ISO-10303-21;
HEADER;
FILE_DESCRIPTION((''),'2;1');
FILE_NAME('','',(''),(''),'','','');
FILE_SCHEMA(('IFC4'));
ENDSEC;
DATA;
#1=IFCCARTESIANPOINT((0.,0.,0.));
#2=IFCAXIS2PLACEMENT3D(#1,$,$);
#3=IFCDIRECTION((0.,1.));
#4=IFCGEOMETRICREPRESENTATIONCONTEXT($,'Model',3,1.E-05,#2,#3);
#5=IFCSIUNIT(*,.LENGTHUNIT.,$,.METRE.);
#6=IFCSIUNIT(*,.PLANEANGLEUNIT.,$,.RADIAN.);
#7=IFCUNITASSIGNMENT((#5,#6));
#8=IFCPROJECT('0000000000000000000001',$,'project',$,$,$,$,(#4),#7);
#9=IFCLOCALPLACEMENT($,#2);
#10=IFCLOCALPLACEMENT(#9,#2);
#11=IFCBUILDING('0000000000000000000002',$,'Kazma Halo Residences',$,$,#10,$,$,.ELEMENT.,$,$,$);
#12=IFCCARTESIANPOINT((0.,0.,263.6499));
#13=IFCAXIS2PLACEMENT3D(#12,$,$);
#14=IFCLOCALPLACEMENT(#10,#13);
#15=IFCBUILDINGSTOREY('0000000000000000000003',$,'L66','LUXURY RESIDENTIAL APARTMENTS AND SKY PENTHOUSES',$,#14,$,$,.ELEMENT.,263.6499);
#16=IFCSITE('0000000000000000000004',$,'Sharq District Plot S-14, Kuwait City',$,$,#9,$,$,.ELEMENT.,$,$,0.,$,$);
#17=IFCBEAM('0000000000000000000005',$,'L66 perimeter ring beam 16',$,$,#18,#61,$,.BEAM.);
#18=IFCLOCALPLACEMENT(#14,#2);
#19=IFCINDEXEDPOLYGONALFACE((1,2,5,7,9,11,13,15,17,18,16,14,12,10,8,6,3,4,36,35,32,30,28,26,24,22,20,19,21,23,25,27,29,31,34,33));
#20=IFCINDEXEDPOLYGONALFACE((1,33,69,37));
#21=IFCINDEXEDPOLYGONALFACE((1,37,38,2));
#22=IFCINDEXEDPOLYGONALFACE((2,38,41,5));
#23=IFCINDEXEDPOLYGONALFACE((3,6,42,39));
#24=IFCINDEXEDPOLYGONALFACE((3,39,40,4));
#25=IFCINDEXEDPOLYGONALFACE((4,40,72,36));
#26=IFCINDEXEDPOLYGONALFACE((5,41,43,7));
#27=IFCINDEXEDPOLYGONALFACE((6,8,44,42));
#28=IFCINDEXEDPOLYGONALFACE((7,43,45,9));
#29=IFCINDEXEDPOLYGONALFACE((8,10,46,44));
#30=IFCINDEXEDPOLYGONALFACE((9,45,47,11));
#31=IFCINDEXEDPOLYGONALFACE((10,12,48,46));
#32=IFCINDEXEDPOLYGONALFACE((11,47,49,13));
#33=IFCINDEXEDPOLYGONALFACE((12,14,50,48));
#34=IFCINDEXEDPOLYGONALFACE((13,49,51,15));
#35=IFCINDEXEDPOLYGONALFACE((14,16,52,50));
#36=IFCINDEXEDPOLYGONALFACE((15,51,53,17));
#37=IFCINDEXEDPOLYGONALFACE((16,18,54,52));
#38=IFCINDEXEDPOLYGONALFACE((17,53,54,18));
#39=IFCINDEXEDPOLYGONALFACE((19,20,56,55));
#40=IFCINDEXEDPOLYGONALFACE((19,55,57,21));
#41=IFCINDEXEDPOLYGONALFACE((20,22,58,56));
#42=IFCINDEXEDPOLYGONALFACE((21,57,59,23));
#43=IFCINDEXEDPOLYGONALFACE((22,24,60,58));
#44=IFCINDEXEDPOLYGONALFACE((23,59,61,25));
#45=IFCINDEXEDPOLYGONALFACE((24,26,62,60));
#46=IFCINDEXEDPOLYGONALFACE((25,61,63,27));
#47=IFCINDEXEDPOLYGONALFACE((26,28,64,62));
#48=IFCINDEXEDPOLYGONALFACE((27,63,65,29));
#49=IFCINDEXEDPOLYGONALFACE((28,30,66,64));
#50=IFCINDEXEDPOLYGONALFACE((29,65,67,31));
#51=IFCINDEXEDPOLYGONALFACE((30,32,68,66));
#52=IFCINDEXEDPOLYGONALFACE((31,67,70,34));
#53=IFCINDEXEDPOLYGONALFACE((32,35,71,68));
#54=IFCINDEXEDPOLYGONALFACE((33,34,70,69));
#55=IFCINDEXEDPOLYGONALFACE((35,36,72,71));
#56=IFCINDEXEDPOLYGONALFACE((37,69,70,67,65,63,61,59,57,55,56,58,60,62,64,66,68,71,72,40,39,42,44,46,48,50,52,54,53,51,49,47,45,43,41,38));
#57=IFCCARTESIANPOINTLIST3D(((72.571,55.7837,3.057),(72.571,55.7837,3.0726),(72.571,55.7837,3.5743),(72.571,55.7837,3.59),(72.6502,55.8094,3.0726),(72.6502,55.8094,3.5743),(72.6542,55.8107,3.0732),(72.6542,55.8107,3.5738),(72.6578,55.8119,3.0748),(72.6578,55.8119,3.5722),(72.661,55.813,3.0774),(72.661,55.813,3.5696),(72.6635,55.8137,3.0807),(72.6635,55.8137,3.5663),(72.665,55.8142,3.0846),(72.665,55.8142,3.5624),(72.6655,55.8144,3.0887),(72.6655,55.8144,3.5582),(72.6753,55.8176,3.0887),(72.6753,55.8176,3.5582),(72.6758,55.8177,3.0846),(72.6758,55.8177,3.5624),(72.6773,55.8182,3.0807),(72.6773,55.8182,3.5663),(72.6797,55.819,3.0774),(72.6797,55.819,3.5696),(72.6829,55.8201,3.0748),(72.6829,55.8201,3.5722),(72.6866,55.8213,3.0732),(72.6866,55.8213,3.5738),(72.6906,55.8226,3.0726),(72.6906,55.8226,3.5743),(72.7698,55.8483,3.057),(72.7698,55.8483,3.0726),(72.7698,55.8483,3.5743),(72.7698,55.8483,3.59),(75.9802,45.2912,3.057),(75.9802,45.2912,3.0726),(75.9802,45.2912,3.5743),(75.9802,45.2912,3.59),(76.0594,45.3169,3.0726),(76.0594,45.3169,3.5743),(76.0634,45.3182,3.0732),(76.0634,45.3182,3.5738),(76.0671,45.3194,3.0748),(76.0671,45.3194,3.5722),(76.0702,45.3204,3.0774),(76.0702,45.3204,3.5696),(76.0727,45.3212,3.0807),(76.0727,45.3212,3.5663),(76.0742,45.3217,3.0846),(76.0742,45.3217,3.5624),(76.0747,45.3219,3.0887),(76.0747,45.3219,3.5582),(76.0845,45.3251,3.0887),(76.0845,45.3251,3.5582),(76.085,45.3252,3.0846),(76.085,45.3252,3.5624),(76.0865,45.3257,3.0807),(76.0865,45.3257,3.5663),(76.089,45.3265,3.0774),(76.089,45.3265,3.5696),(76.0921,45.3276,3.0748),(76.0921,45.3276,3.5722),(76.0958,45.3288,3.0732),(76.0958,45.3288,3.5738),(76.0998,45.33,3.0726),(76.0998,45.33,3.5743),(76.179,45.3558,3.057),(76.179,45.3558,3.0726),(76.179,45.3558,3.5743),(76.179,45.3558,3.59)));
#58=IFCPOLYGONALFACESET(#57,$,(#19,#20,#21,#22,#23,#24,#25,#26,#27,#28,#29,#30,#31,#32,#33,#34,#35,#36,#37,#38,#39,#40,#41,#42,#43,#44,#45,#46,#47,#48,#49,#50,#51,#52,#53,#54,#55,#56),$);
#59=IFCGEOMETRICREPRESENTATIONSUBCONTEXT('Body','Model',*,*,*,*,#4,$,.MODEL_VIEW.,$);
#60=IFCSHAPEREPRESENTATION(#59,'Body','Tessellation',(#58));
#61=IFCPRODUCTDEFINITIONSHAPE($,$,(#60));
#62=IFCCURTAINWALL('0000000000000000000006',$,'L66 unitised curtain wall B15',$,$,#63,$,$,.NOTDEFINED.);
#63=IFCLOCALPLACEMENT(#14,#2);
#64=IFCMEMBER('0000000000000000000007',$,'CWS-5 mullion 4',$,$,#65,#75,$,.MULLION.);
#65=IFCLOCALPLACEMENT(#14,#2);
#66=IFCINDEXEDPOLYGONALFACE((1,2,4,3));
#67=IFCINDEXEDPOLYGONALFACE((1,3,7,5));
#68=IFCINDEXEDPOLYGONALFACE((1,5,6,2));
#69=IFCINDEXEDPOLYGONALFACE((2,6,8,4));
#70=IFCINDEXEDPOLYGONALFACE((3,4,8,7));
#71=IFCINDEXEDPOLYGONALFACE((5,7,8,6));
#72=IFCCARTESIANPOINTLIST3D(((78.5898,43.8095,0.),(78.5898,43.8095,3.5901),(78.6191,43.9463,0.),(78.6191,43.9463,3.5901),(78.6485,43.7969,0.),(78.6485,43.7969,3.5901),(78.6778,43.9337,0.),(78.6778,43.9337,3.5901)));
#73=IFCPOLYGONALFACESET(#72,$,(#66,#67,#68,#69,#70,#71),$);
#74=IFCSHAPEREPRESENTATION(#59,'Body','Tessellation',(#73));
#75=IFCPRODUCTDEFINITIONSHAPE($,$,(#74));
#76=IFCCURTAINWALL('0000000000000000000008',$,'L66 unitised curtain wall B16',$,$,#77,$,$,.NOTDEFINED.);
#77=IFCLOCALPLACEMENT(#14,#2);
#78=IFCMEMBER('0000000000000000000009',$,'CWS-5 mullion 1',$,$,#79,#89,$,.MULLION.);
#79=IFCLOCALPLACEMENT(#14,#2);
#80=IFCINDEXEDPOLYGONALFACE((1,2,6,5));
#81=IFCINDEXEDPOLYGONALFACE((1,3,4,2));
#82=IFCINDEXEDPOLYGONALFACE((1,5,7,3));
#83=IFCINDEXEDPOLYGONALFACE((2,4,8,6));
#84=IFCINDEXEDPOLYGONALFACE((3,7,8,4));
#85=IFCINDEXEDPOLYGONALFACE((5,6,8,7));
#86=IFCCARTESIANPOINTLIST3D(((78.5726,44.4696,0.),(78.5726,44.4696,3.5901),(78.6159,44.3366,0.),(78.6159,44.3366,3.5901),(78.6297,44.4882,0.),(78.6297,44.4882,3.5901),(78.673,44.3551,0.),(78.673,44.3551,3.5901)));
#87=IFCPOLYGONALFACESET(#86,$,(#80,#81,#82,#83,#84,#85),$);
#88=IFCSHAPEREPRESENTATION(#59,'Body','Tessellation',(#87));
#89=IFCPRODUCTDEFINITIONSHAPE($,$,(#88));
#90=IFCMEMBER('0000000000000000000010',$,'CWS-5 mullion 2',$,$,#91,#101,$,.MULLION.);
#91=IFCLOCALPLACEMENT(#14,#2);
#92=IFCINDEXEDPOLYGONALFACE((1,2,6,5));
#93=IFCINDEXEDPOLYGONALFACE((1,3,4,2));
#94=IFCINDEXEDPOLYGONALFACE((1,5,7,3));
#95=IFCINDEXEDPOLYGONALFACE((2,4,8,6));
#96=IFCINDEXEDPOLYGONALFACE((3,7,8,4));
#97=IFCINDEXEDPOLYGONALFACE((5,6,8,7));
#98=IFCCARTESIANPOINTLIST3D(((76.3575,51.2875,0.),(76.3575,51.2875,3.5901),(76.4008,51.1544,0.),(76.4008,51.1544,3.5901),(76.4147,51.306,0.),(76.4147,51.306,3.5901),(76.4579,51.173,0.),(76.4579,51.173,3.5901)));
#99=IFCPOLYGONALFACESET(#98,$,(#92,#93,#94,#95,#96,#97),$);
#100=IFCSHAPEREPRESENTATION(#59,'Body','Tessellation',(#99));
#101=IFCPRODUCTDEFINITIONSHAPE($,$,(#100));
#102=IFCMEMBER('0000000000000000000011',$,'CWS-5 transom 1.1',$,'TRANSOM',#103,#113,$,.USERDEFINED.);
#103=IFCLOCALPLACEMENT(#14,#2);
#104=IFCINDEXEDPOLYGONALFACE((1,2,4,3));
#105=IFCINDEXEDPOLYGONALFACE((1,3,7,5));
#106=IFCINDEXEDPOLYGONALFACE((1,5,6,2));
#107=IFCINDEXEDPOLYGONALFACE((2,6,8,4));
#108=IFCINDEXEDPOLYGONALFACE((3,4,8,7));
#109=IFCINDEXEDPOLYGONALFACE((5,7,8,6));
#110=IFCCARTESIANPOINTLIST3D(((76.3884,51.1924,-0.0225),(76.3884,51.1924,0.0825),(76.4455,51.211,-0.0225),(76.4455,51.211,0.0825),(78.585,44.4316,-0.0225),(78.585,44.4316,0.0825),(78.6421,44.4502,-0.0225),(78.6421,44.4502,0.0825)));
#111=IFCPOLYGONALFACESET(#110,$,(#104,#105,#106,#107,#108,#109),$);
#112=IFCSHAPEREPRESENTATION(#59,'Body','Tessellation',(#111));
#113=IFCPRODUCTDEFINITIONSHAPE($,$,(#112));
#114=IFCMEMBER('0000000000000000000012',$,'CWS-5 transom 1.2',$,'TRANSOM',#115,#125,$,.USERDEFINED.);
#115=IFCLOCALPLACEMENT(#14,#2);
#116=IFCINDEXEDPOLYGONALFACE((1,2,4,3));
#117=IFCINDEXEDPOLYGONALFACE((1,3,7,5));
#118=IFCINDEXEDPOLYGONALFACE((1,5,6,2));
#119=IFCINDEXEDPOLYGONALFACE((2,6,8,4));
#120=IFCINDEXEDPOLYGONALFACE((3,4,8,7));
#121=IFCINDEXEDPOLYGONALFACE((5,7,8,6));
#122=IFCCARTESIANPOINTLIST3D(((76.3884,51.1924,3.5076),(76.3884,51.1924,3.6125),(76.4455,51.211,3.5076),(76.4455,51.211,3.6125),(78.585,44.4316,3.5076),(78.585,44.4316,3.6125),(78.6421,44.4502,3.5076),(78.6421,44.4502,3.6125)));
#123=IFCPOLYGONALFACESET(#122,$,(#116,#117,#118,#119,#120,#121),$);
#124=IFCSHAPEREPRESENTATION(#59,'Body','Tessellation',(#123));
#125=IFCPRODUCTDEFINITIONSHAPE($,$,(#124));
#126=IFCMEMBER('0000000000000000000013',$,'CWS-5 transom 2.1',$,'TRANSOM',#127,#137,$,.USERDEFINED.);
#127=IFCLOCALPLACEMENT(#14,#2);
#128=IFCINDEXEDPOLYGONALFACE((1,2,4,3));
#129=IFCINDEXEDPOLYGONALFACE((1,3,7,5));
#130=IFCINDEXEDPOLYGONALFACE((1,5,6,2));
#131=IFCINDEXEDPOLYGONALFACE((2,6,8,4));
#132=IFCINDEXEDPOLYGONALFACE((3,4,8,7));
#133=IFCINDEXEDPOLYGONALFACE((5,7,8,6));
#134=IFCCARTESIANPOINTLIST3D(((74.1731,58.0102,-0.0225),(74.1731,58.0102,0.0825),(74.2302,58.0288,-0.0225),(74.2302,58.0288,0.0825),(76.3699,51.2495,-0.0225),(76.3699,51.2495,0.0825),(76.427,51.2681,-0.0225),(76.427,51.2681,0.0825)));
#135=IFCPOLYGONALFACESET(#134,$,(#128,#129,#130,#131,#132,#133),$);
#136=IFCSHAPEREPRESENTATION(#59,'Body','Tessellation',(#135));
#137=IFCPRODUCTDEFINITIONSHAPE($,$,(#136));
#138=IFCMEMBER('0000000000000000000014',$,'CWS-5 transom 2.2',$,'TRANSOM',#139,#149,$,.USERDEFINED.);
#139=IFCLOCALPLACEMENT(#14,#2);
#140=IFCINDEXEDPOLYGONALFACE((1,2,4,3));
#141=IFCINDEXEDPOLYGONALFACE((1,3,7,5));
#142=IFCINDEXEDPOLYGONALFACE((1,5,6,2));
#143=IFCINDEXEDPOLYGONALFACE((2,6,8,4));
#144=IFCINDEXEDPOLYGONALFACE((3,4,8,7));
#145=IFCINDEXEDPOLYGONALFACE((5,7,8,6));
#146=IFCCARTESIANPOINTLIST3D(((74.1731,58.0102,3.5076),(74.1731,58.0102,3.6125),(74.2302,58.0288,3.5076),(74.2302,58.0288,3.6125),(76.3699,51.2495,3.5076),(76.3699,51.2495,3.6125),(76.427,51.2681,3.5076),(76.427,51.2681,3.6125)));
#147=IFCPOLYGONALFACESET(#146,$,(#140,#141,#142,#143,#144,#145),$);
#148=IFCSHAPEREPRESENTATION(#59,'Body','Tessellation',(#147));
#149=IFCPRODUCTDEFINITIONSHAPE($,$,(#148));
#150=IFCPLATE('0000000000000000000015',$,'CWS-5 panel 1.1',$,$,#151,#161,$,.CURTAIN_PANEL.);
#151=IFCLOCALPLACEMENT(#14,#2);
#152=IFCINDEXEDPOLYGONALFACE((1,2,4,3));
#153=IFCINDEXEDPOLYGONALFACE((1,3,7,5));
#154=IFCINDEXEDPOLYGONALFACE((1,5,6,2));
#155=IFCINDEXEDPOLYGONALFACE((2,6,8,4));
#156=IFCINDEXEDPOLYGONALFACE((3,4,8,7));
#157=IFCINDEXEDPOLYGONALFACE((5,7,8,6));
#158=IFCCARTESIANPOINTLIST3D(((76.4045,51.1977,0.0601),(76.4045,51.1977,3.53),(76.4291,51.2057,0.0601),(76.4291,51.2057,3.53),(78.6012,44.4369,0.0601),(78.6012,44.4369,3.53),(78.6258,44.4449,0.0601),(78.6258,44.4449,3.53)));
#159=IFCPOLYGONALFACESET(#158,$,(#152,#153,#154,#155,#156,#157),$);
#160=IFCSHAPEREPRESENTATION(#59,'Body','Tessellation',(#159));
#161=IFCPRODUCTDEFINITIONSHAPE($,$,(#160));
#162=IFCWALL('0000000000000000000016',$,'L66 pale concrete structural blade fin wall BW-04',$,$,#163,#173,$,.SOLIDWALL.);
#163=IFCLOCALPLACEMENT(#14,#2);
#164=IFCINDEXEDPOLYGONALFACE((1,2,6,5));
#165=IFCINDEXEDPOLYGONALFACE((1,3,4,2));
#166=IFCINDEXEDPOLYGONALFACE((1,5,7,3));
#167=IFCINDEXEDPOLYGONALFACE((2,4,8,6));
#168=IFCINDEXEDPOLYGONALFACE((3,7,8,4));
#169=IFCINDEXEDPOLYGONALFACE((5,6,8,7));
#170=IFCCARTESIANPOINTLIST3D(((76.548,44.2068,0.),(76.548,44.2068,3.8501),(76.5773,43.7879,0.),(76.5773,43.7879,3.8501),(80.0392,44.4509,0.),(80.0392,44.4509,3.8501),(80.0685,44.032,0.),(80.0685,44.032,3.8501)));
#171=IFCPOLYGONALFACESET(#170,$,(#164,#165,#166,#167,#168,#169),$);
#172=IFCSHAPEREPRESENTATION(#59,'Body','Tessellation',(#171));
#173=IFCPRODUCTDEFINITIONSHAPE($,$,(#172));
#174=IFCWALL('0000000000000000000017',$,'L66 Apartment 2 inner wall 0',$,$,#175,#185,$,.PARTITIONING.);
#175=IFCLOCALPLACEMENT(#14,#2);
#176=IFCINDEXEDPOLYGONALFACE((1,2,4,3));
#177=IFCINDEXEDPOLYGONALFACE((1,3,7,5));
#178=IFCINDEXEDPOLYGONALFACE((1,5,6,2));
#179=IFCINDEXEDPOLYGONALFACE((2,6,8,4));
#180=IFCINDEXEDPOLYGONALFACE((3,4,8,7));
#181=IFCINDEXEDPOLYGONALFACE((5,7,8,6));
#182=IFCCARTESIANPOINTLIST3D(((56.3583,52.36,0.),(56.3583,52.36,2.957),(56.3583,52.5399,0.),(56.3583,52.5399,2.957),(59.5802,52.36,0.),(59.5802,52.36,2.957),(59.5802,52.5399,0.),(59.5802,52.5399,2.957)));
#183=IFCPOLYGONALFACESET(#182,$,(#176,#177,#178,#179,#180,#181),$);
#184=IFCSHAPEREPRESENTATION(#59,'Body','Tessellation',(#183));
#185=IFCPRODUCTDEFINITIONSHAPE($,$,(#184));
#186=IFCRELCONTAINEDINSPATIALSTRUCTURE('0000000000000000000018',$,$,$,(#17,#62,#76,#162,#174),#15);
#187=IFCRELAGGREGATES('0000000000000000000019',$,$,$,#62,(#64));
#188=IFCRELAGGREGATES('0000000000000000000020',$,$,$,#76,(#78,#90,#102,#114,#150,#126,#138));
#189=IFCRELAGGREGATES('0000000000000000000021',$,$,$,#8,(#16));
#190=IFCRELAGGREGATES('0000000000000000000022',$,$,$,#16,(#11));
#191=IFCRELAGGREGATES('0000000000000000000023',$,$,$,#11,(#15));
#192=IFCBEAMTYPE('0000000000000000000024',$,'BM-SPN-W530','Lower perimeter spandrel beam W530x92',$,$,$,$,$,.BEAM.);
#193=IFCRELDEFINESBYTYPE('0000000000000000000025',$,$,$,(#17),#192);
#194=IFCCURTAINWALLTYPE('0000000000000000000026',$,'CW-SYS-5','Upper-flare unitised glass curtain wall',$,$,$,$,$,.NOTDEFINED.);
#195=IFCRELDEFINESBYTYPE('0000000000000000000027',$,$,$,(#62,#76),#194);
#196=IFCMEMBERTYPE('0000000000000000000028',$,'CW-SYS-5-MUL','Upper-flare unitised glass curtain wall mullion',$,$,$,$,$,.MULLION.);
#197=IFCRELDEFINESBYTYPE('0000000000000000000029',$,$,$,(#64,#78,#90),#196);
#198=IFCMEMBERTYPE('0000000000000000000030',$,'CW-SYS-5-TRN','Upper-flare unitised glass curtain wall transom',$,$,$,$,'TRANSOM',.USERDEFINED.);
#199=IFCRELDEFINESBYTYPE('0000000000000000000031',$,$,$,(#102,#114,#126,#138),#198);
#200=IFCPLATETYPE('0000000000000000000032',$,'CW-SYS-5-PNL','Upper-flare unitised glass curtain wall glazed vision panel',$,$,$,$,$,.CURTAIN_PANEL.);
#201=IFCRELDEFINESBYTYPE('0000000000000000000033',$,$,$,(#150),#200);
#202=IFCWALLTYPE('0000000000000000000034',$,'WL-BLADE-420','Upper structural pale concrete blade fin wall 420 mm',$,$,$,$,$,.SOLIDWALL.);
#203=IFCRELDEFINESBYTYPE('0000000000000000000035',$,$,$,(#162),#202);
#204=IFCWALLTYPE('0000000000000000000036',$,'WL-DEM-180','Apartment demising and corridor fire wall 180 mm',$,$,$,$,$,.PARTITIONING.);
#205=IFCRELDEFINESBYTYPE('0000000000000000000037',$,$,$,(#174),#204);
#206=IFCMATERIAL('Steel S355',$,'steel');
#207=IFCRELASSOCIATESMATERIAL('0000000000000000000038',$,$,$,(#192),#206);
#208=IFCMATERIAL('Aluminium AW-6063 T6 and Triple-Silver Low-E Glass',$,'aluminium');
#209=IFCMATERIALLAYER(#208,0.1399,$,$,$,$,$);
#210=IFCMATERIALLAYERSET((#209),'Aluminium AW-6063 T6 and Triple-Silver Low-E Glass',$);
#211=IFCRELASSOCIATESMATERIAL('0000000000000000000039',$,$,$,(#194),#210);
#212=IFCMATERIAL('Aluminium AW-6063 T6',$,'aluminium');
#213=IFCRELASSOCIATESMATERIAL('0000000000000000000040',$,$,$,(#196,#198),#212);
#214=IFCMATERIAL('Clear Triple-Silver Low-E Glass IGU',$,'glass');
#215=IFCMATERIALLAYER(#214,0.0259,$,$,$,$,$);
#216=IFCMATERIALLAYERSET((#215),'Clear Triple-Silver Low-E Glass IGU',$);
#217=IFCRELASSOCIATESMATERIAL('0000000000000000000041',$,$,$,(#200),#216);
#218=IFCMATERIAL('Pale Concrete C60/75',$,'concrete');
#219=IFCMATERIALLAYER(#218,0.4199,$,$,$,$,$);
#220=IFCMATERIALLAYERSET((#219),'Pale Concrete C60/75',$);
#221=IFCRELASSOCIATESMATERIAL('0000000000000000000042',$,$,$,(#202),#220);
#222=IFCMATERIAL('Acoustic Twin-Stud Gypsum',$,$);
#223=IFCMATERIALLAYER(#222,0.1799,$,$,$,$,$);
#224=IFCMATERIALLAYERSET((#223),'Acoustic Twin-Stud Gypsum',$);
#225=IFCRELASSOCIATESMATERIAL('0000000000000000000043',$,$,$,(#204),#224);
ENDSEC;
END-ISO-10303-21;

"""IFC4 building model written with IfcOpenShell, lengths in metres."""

from ifc_helpers import new_model, si_unit, direction, frame, frame_2d, origin, origin_2d, place, context, subcontext, project, spatial, rectangle, i_section, extrude, material, layer, layer_set, material_profile, profile_set, type_object, element, aggregate, save


model = new_model("IFC4")

# Units and contexts
model_context = context("Model", 3, precision=1e-05, world=origin(), true_north=direction((0.0, 1.0)))
body_context = subcontext(model_context, "Body", "Model", "MODEL_VIEW")
ifc_project = project(units=[si_unit("LENGTHUNIT", "METRE"), si_unit("PLANEANGLEUNIT", "RADIAN")], contexts=[model_context])

# Site, building, storey
site_placement = place(None, origin())
site = spatial("IfcSite", under=ifc_project, at=site_placement, Name="Sharq District Plot S-14, Kuwait City", CompositionType="ELEMENT", RefElevation=0.0)
building_placement = place(site_placement, origin())
building = spatial("IfcBuilding", under=site, at=building_placement, Name="Kazma Halo Residences", CompositionType="ELEMENT")
storey_placement = place(building_placement, frame((0.0, 0.0, 263.6499)))
storey = spatial("IfcBuildingStorey", under=building, at=storey_placement, Name="L66", Description="LUXURY RESIDENTIAL APARTMENTS AND SKY PENTHOUSES", CompositionType="ELEMENT", Elevation=263.6499)

# Beam
ifc_material_1 = material(Name="Steel S355", Category="steel")
ifc_material_profile_1 = material_profile(ifc_material_1, i_section(OverallWidth=0.209, OverallDepth=0.533, WebThickness=0.0103, FlangeThickness=0.0156, FilletRadius=0.0161, at=origin_2d()), Name="W530x92")
ifc_profile_set_1 = profile_set([ifc_material_profile_1], Name="Steel S355")
beam_type_1 = type_object("IfcBeamType", Name="BM-SPN-W530", Description="Lower perimeter spandrel beam W530x92", PredefinedType="BEAM", material=ifc_profile_set_1)
beam_1_placement = place(storey_placement, frame((76.0796, 45.3235, 3.3235), z_axis=(-0.309016, 0.951057, 0.0), x_axis=(-0.951057, -0.309016, 0.0)))
element("IfcBeam", 1, at=beam_1_placement, inside=storey, type_object=beam_type_1, Name="L66 perimeter ring beam 16", PredefinedType="BEAM", context=body_context, shape_type="SweptSolid", body=[
    extrude(i_section(OverallWidth=0.209, OverallDepth=0.533, WebThickness=0.0103, FlangeThickness=0.0156, FilletRadius=0.0161, at=origin_2d()), origin(), (0.0, 0.0, 1.0), 11.0325),
])

# Curtain wall, member
ifc_material_2 = material(Name="Aluminium AW-6063 T6 and Triple-Silver Low-E Glass", Category="aluminium")
ifc_layer_1 = layer(ifc_material_2, 0.1399)
ifc_layer_set_1 = layer_set([ifc_layer_1], Name="Aluminium AW-6063 T6 and Triple-Silver Low-E Glass")
curtain_wall_type = type_object("IfcCurtainWallType", Name="CW-SYS-5", Description="Upper-flare unitised glass curtain wall", PredefinedType="NOTDEFINED", material=ifc_layer_set_1)
curtain_wall_1_placement = place(storey_placement, origin())
curtain_wall_1 = element("IfcCurtainWall", 2, at=curtain_wall_1_placement, inside=storey, type_object=curtain_wall_type, Name="L66 unitised curtain wall B15", PredefinedType="NOTDEFINED")
ifc_material_3 = material(Name="Aluminium AW-6063 T6", Category="aluminium")
ifc_material_profile_2 = material_profile(ifc_material_3, rectangle(XDim=0.0601, YDim=0.1399, at=origin_2d()), Name="CWM-60x140")
ifc_profile_set_2 = profile_set([ifc_material_profile_2], Name="Aluminium AW-6063 T6")
member_type_1 = type_object("IfcMemberType", Name="CW-SYS-5-MUL", Description="Upper-flare unitised glass curtain wall mullion", PredefinedType="MULLION", material=ifc_profile_set_2)
member_1_placement = place(storey_placement, frame((78.6338, 43.8716, 0.0), z_axis=(0.0, 0.0, 1.0), x_axis=(-0.977775, 0.209657, 0.0)))
member_1 = element("IfcMember", 3, at=member_1_placement, type_object=member_type_1, Name="CWS-5 mullion 4", PredefinedType="MULLION", context=body_context, shape_type="SweptSolid", body=[
    extrude(rectangle(XDim=0.0601, YDim=0.1399, at=origin_2d()), origin(), (0.0, 0.0, 1.0), 3.5901),
])
aggregate(curtain_wall_1, [member_1])

# Curtain wall, members, plate
curtain_wall_2_placement = place(storey_placement, origin())
curtain_wall_2 = element("IfcCurtainWall", 4, at=curtain_wall_2_placement, inside=storey, type_object=curtain_wall_type, Name="L66 unitised curtain wall B16", PredefinedType="NOTDEFINED")
member_2_placement = place(storey_placement, frame((78.6228, 44.4124, 0.0), z_axis=(0.0, 0.0, 1.0), x_axis=(-0.951058, -0.309011, 0.0)))
member_2 = element("IfcMember", 5, at=member_2_placement, type_object=member_type_1, Name="CWS-5 mullion 1", PredefinedType="MULLION", context=body_context, shape_type="SweptSolid", body=[
    extrude(rectangle(XDim=0.0601, YDim=0.1399, at=origin_2d()), origin(), (0.0, 0.0, 1.0), 3.5901),
])
member_3_placement = place(storey_placement, frame((76.4077, 51.2302, 0.0), z_axis=(0.0, 0.0, 1.0), x_axis=(-0.951058, -0.309011, 0.0)))
member_3 = element("IfcMember", 6, at=member_3_placement, type_object=member_type_1, Name="CWS-5 mullion 2", PredefinedType="MULLION", context=body_context, shape_type="SweptSolid", body=[
    extrude(rectangle(XDim=0.0601, YDim=0.1399, at=origin_2d()), origin(), (0.0, 0.0, 1.0), 3.5901),
])
ifc_material_profile_3 = material_profile(ifc_material_3, rectangle(XDim=0.0601, YDim=0.105, at=origin_2d()), Name="CWT-60x105")
ifc_profile_set_3 = profile_set([ifc_material_profile_3], Name="Aluminium AW-6063 T6")
member_type_2 = type_object("IfcMemberType", Name="CW-SYS-5-TRN", Description="Upper-flare unitised glass curtain wall transom", ElementType="TRANSOM", PredefinedType="USERDEFINED", material=ifc_profile_set_3)
member_4_placement = place(storey_placement, frame((78.6135, 44.4409, 0.03), z_axis=(-0.308996, 0.951063, 0.0), x_axis=(-0.951063, -0.308996, 0.0)))
member_4 = element("IfcMember", 7, at=member_4_placement, type_object=member_type_2, Name="CWS-5 transom 1.1", ObjectType="TRANSOM", PredefinedType="USERDEFINED", context=body_context, shape_type="SweptSolid", body=[
    extrude(rectangle(XDim=0.0601, YDim=0.105, at=origin_2d()), origin(), (0.0, 0.0, 1.0), 7.1086),
])
member_5_placement = place(storey_placement, frame((78.6135, 44.4409, 3.5601), z_axis=(-0.308996, 0.951063, 0.0), x_axis=(-0.951063, -0.308996, 0.0)))
member_5 = element("IfcMember", 8, at=member_5_placement, type_object=member_type_2, Name="CWS-5 transom 1.2", ObjectType="TRANSOM", PredefinedType="USERDEFINED", context=body_context, shape_type="SweptSolid", body=[
    extrude(rectangle(XDim=0.0601, YDim=0.105, at=origin_2d()), origin(), (0.0, 0.0, 1.0), 7.1086),
])
member_6_placement = place(storey_placement, frame((76.3984, 51.2588, 0.03), z_axis=(-0.309027, 0.951053, 0.0), x_axis=(-0.951053, -0.309027, 0.0)))
member_6 = element("IfcMember", 9, at=member_6_placement, type_object=member_type_2, Name="CWS-5 transom 2.1", ObjectType="TRANSOM", PredefinedType="USERDEFINED", context=body_context, shape_type="SweptSolid", body=[
    extrude(rectangle(XDim=0.0601, YDim=0.105, at=origin_2d()), origin(), (0.0, 0.0, 1.0), 7.1086),
])
member_7_placement = place(storey_placement, frame((76.3984, 51.2588, 3.5601), z_axis=(-0.309027, 0.951053, 0.0), x_axis=(-0.951053, -0.309027, 0.0)))
member_7 = element("IfcMember", 10, at=member_7_placement, type_object=member_type_2, Name="CWS-5 transom 2.2", ObjectType="TRANSOM", PredefinedType="USERDEFINED", context=body_context, shape_type="SweptSolid", body=[
    extrude(rectangle(XDim=0.0601, YDim=0.105, at=origin_2d()), origin(), (0.0, 0.0, 1.0), 7.1086),
])
ifc_material_4 = material(Name="Clear Triple-Silver Low-E Glass IGU", Category="glass")
ifc_layer_2 = layer(ifc_material_4, 0.0259)
ifc_layer_set_2 = layer_set([ifc_layer_2], Name="Clear Triple-Silver Low-E Glass IGU")
plate_type = type_object("IfcPlateType", Name="CW-SYS-5-PNL", Description="Upper-flare unitised glass curtain wall glazed vision panel", PredefinedType="CURTAIN_PANEL", material=ifc_layer_set_2)
plate_placement = place(storey_placement, frame((77.5151, 47.8213, 0.0601), z_axis=(0.0, 0.0, 1.0), x_axis=(-0.309011, 0.951058, 0.0)))
plate = element("IfcPlate", 11, at=plate_placement, type_object=plate_type, Name="CWS-5 panel 1.1", PredefinedType="CURTAIN_PANEL", context=body_context, shape_type="SweptSolid", body=[
    extrude(rectangle(XDim=7.1086, YDim=0.0259, at=origin_2d()), origin(), (0.0, 0.0, 1.0), 3.47),
])
aggregate(curtain_wall_2, [member_2, member_3, member_4, member_5, plate, member_6, member_7])

# Walls
ifc_material_5 = material(Name="Pale Concrete C60/75", Category="concrete")
ifc_layer_3 = layer(ifc_material_5, 0.4199)
ifc_layer_set_3 = layer_set([ifc_layer_3], Name="Pale Concrete C60/75")
wall_type_1 = type_object("IfcWallType", Name="WL-BLADE-420", Description="Upper structural pale concrete blade fin wall 420 mm", PredefinedType="SOLIDWALL", material=ifc_layer_set_3)
wall_1_placement = place(storey_placement, frame((76.5625, 43.9973, 0.0), z_axis=(0.0, 0.0, 1.0), x_axis=(0.997564, 0.06976, 0.0)))
element("IfcWall", 12, at=wall_1_placement, inside=storey, type_object=wall_type_1, Name="L66 pale concrete structural blade fin wall BW-04", PredefinedType="SOLIDWALL", context=body_context, shape_type="SweptSolid", body=[
    extrude(rectangle(XDim=3.4998, YDim=0.4199, at=frame_2d((1.75, 0.0))), origin(), (0.0, 0.0, 1.0), 3.8501),
])
ifc_material_6 = material(Name="Acoustic Twin-Stud Gypsum")
ifc_layer_4 = layer(ifc_material_6, 0.1799)
ifc_layer_set_4 = layer_set([ifc_layer_4], Name="Acoustic Twin-Stud Gypsum")
wall_type_2 = type_object("IfcWallType", Name="WL-DEM-180", Description="Apartment demising and corridor fire wall 180 mm", PredefinedType="PARTITIONING", material=ifc_layer_set_4)
wall_2_placement = place(storey_placement, frame((59.5801, 52.45, 0.0), z_axis=(0.0, 0.0, 1.0), x_axis=(-1.0, 0.0, 0.0)))
element("IfcWall", 13, at=wall_2_placement, inside=storey, type_object=wall_type_2, Name="L66 Apartment 2 inner wall 0", PredefinedType="PARTITIONING", context=body_context, shape_type="SweptSolid", body=[
    extrude(rectangle(XDim=3.2219, YDim=0.1799, at=frame_2d((1.6108, 0.0))), origin(), (0.0, 0.0, 1.0), 2.957),
])

save(model, "model.ifc")
